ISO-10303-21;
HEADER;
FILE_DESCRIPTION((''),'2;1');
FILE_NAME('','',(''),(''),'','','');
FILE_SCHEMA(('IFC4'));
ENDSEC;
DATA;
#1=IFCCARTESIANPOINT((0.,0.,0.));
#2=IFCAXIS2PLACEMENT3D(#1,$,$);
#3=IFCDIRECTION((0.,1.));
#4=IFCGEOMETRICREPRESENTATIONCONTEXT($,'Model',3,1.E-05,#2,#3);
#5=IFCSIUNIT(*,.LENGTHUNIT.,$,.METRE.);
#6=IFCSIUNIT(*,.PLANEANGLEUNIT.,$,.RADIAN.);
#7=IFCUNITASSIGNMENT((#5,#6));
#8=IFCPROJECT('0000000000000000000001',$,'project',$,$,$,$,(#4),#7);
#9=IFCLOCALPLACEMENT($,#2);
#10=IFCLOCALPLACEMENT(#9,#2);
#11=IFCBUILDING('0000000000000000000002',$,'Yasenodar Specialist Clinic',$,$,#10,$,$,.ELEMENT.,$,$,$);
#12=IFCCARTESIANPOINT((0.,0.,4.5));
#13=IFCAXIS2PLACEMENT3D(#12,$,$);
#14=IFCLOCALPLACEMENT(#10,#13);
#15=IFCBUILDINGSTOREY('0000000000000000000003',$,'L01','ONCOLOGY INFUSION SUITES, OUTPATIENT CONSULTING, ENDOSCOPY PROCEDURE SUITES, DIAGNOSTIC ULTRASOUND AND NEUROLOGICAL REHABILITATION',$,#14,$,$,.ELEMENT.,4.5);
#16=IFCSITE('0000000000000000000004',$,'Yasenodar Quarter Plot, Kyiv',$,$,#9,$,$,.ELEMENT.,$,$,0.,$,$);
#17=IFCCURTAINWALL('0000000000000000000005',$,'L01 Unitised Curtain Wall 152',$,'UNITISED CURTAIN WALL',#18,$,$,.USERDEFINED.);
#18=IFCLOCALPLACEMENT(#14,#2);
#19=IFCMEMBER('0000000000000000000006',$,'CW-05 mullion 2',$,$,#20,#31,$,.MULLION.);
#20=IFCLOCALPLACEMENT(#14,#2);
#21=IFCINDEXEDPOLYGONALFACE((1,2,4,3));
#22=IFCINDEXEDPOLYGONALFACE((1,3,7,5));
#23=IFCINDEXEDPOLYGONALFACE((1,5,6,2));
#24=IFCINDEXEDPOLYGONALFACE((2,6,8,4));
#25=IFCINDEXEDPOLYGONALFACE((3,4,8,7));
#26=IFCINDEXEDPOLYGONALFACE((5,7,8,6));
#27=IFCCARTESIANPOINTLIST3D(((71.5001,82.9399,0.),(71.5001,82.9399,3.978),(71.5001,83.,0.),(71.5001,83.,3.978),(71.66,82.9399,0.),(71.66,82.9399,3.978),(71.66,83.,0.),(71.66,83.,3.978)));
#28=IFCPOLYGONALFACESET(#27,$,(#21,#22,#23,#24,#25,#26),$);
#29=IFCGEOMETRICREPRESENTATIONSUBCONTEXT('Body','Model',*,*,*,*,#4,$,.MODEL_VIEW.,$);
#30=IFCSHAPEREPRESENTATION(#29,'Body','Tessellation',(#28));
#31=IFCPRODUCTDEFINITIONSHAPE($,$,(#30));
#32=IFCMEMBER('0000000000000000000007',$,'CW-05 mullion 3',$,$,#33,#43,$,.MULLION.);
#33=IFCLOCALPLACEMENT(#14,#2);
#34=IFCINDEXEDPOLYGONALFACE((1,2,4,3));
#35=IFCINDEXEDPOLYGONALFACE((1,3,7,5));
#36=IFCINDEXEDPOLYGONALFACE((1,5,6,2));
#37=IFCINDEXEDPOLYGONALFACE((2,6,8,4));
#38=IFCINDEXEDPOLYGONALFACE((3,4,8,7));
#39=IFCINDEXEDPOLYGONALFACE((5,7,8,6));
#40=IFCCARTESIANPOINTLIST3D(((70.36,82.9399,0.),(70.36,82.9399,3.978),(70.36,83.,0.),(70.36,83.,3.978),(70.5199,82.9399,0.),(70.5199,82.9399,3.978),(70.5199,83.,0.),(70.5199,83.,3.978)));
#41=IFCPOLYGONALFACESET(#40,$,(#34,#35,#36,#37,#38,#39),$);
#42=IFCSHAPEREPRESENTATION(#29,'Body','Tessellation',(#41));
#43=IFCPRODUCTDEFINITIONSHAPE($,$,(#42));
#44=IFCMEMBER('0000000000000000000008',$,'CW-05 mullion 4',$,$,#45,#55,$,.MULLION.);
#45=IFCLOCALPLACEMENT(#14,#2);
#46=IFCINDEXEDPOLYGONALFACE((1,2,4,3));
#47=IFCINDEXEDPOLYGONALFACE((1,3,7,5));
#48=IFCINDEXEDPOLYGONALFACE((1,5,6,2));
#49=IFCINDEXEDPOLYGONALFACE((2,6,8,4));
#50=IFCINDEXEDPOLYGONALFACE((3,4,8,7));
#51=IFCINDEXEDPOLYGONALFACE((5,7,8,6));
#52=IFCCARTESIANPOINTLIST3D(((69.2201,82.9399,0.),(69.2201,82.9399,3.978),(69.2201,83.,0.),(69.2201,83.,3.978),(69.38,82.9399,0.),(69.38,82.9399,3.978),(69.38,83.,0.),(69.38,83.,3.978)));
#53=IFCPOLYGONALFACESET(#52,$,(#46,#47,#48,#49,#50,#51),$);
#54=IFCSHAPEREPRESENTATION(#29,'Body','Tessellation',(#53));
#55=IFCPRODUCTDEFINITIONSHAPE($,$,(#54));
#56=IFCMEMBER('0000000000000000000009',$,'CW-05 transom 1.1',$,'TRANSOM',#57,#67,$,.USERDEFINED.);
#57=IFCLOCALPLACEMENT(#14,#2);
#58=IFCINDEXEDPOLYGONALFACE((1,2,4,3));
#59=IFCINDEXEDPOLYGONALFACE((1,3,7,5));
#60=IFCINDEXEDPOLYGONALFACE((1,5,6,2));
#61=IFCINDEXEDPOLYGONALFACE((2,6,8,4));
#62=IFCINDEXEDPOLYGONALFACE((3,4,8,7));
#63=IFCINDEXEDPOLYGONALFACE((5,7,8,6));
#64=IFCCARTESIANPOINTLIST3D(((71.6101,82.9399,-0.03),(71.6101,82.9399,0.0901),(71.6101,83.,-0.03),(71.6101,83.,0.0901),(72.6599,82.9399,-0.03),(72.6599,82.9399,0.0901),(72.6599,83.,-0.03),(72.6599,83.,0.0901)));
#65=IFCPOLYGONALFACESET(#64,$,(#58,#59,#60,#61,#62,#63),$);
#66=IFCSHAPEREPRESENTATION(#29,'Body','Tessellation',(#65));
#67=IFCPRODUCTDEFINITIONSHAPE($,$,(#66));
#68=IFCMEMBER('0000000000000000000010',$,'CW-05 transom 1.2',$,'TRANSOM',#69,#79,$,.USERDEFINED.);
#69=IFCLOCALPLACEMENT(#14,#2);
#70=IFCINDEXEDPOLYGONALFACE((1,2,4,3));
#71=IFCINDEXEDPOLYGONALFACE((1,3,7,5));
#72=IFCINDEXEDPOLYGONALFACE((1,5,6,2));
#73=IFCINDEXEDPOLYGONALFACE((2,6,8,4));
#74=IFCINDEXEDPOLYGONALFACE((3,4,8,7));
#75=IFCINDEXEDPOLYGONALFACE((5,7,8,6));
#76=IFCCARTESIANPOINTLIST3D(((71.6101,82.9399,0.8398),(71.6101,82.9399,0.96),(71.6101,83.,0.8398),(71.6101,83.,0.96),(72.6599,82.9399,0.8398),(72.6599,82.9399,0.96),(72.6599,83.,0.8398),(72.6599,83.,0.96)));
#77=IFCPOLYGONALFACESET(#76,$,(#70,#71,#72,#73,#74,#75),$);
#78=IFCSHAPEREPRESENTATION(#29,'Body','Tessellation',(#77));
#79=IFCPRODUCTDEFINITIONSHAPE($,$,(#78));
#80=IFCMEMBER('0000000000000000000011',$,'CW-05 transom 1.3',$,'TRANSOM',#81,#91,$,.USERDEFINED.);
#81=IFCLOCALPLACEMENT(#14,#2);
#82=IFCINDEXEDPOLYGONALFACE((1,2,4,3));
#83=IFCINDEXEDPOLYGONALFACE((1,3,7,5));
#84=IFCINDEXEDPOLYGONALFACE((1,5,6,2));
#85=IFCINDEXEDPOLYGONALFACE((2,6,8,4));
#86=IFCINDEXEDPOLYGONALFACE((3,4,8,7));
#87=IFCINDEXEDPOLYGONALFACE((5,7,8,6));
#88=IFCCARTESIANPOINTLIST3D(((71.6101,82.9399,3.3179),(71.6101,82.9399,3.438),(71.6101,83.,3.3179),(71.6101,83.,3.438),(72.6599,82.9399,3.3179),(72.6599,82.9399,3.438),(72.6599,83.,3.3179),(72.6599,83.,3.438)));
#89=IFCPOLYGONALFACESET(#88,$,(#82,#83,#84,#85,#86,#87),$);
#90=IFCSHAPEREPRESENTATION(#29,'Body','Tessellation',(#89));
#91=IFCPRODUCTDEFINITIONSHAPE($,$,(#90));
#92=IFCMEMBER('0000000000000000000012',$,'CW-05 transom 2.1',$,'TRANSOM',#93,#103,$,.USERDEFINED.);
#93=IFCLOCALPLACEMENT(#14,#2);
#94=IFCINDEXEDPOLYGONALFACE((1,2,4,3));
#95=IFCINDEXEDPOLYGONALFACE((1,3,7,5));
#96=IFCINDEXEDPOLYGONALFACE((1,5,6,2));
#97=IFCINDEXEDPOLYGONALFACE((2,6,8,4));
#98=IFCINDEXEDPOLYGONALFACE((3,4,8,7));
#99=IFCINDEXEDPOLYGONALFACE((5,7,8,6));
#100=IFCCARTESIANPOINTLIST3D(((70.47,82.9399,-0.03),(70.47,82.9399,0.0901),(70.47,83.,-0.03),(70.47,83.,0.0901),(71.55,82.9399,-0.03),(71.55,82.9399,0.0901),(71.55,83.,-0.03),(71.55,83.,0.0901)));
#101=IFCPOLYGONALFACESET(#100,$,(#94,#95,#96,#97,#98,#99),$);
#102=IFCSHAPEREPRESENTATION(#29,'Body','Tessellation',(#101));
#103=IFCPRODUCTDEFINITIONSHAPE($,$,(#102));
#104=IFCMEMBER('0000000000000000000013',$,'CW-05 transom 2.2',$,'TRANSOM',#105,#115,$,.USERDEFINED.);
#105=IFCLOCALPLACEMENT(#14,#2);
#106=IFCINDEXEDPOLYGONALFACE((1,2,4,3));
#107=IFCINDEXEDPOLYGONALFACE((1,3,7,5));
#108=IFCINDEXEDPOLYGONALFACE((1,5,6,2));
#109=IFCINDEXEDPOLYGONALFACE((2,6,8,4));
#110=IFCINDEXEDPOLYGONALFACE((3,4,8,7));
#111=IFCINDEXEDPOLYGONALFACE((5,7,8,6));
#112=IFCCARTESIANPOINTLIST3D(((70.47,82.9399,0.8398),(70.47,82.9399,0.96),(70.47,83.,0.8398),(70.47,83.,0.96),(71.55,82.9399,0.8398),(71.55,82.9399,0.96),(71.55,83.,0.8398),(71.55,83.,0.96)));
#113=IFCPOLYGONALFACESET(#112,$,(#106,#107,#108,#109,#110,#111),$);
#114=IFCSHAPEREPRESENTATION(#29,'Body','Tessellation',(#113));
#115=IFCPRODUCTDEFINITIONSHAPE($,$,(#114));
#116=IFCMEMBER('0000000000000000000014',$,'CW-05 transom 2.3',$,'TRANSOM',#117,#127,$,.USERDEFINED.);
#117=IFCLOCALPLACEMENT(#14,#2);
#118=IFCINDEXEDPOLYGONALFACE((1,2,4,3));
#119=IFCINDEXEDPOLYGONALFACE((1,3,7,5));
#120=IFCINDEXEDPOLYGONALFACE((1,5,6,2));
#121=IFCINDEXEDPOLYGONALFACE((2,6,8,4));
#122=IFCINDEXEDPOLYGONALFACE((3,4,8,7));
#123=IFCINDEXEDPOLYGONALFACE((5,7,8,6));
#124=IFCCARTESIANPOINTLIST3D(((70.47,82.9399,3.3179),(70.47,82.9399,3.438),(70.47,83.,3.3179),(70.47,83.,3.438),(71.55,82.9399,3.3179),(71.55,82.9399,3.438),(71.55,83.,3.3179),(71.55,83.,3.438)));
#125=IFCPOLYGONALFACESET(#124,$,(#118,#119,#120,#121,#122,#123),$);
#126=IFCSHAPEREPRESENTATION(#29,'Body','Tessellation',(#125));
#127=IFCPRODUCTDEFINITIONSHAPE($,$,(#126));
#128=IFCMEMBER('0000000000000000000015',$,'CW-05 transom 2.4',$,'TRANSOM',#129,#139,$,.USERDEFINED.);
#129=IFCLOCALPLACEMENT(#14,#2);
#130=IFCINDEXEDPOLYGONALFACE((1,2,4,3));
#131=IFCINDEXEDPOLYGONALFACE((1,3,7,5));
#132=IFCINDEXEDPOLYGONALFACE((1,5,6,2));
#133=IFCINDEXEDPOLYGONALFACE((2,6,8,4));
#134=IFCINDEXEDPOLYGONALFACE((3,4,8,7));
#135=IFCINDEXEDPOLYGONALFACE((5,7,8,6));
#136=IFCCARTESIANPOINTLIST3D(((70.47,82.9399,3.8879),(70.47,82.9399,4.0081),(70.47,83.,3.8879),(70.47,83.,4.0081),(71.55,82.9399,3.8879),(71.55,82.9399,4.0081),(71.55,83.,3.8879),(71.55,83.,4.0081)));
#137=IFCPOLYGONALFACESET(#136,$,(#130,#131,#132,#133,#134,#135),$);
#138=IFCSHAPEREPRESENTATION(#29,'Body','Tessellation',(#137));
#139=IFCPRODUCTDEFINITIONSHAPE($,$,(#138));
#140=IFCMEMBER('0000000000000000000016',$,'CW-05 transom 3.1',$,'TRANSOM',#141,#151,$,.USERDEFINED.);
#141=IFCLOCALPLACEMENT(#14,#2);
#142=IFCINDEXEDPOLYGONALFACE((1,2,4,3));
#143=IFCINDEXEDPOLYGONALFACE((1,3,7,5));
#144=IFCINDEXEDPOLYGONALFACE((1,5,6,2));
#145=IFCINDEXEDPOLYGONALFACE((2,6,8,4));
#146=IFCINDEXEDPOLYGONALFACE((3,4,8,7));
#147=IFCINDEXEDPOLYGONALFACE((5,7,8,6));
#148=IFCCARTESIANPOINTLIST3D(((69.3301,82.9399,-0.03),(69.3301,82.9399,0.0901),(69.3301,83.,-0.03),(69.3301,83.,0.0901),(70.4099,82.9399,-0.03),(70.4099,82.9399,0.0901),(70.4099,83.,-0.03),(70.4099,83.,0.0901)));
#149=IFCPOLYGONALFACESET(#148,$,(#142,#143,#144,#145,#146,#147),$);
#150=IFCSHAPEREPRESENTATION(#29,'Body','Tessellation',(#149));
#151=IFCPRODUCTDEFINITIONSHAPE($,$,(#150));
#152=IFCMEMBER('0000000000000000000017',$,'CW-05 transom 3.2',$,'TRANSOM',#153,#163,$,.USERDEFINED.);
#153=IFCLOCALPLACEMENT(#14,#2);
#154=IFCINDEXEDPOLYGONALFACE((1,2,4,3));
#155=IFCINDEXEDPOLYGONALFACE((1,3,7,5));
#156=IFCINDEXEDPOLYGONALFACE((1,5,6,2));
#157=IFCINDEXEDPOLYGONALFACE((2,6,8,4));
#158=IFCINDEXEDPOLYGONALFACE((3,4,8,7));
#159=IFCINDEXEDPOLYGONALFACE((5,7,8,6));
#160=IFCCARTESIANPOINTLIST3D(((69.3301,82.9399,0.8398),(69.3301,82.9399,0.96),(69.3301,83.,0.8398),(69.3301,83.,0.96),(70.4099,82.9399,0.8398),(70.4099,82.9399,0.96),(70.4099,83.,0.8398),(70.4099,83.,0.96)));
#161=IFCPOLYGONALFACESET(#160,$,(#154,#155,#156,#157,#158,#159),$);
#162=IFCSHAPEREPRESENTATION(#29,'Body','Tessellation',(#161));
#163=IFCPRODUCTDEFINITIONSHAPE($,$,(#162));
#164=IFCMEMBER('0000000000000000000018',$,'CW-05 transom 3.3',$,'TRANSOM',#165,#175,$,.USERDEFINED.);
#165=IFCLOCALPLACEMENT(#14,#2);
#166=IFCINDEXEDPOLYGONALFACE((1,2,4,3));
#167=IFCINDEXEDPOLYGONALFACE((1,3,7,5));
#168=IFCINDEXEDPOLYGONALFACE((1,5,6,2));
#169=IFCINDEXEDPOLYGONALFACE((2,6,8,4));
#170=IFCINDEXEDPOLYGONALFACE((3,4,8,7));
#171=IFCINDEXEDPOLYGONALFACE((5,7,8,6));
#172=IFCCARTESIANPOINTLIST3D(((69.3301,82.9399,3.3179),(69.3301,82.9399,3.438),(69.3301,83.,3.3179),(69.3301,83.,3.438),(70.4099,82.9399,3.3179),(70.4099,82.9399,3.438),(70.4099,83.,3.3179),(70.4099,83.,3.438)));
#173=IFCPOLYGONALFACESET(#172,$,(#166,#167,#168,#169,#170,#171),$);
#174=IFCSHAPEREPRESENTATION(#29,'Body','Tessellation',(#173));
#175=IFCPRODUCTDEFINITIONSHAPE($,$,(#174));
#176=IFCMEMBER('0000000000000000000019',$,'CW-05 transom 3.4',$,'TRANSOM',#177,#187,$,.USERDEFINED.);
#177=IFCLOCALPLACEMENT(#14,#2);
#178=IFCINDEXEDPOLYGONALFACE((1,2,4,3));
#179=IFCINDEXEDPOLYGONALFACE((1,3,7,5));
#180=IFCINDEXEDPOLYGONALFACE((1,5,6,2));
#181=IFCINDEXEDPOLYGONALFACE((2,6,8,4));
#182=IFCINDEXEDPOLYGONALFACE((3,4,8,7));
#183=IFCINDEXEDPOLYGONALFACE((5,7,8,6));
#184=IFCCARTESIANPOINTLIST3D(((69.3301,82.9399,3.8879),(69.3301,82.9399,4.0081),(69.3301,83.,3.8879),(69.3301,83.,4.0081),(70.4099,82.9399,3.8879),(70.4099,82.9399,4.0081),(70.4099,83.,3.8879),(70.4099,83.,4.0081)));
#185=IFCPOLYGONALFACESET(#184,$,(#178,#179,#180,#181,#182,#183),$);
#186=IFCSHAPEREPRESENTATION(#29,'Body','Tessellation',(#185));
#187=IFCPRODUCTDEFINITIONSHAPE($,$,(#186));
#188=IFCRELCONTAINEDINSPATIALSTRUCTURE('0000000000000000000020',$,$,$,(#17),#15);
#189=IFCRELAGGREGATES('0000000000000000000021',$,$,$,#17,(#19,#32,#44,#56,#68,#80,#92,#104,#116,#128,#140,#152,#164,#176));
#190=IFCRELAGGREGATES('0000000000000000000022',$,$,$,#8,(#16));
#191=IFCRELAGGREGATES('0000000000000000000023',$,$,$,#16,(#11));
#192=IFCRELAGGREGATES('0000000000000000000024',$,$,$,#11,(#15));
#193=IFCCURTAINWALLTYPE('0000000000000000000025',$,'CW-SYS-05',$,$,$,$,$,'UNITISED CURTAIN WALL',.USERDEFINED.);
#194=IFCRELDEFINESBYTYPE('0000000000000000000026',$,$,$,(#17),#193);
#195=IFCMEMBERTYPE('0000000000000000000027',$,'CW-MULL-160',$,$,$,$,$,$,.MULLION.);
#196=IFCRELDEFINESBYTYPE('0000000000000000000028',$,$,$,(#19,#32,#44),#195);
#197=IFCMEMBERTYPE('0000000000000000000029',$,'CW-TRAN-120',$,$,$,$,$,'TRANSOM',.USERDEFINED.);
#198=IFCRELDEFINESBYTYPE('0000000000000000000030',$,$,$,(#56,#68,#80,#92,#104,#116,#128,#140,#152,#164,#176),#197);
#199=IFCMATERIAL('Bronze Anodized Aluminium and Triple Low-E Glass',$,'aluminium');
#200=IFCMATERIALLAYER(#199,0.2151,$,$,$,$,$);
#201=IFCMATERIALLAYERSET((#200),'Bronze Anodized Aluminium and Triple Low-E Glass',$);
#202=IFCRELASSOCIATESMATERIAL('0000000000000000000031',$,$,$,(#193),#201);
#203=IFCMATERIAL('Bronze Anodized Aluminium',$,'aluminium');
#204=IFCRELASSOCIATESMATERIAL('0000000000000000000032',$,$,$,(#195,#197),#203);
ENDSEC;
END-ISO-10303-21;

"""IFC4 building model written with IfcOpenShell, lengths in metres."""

from ifc_helpers import new_model, si_unit, direction, frame, origin, origin_2d, place, context, subcontext, project, spatial, rectangle, extrude, material, layer, layer_set, material_profile, profile_set, type_object, element, aggregate, save


model = new_model("IFC4")

# Units and contexts
model_context = context("Model", 3, precision=1e-05, world=origin(), true_north=direction((0.0, 1.0)))
body_context = subcontext(model_context, "Body", "Model", "MODEL_VIEW")
ifc_project = project(units=[si_unit("LENGTHUNIT", "METRE"), si_unit("PLANEANGLEUNIT", "RADIAN")], contexts=[model_context])

# Site, building, storey
site_placement = place(None, origin())
site = spatial("IfcSite", under=ifc_project, at=site_placement, Name="Yasenodar Quarter Plot, Kyiv", CompositionType="ELEMENT", RefElevation=0.0)
building_placement = place(site_placement, origin())
building = spatial("IfcBuilding", under=site, at=building_placement, Name="Yasenodar Specialist Clinic", CompositionType="ELEMENT")
storey_placement = place(building_placement, frame((0.0, 0.0, 4.5)))
storey = spatial("IfcBuildingStorey", under=building, at=storey_placement, Name="L01", Description="ONCOLOGY INFUSION SUITES, OUTPATIENT CONSULTING, ENDOSCOPY PROCEDURE SUITES, DIAGNOSTIC ULTRASOUND AND NEUROLOGICAL REHABILITATION", CompositionType="ELEMENT", Elevation=4.5)

# Curtain wall, members
ifc_material_1 = material(Name="Bronze Anodized Aluminium and Triple Low-E Glass", Category="aluminium")
ifc_layer_1 = layer(ifc_material_1, 0.2151)
ifc_layer_set_1 = layer_set([ifc_layer_1], Name="Bronze Anodized Aluminium and Triple Low-E Glass")
curtain_wall_type = type_object("IfcCurtainWallType", Name="CW-SYS-05", ElementType="UNITISED CURTAIN WALL", PredefinedType="USERDEFINED", material=ifc_layer_set_1)
curtain_wall_placement = place(storey_placement, origin())
curtain_wall = element("IfcCurtainWall", 1, at=curtain_wall_placement, inside=storey, type_object=curtain_wall_type, Name="L01 Unitised Curtain Wall 152", ObjectType="UNITISED CURTAIN WALL", PredefinedType="USERDEFINED")
ifc_material_2 = material(Name="Bronze Anodized Aluminium", Category="aluminium")
ifc_material_profile_1 = material_profile(ifc_material_2, rectangle(XDim=0.0601, YDim=0.1599, at=origin_2d()), Name="CW-MULL 60x160")
ifc_profile_set_1 = profile_set([ifc_material_profile_1], Name="Bronze Anodized Aluminium")
member_type_1 = type_object("IfcMemberType", Name="CW-MULL-160", PredefinedType="MULLION", material=ifc_profile_set_1)
member_1_placement = place(storey_placement, frame((71.5801, 82.97, 0.0), z_axis=(0.0, 0.0, 1.0), x_axis=(0.0, -1.0, 0.0)))
member_1 = element("IfcMember", 2, at=member_1_placement, type_object=member_type_1, Name="CW-05 mullion 2", PredefinedType="MULLION", context=body_context, shape_type="SweptSolid", body=[
    extrude(rectangle(XDim=0.0601, YDim=0.1599, at=origin_2d()), origin(), (0.0, 0.0, 1.0), 3.978),
])
member_2_placement = place(storey_placement, frame((70.4399, 82.97, 0.0), z_axis=(0.0, 0.0, 1.0), x_axis=(0.0, -1.0, 0.0)))
member_2 = element("IfcMember", 3, at=member_2_placement, type_object=member_type_1, Name="CW-05 mullion 3", PredefinedType="MULLION", context=body_context, shape_type="SweptSolid", body=[
    extrude(rectangle(XDim=0.0601, YDim=0.1599, at=origin_2d()), origin(), (0.0, 0.0, 1.0), 3.978),
])
member_3_placement = place(storey_placement, frame((69.3, 82.97, 0.0), z_axis=(0.0, 0.0, 1.0), x_axis=(0.0, -1.0, 0.0)))
member_3 = element("IfcMember", 4, at=member_3_placement, type_object=member_type_1, Name="CW-05 mullion 4", PredefinedType="MULLION", context=body_context, shape_type="SweptSolid", body=[
    extrude(rectangle(XDim=0.0601, YDim=0.1599, at=origin_2d()), origin(), (0.0, 0.0, 1.0), 3.978),
])
ifc_material_profile_2 = material_profile(ifc_material_2, rectangle(XDim=0.0601, YDim=0.1201, at=origin_2d()), Name="CW-TRAN 60x120")
ifc_profile_set_2 = profile_set([ifc_material_profile_2], Name="Bronze Anodized Aluminium")
member_type_2 = type_object("IfcMemberType", Name="CW-TRAN-120", ElementType="TRANSOM", PredefinedType="USERDEFINED", material=ifc_profile_set_2)
member_4_placement = place(storey_placement, frame((72.6599, 82.97, 0.03), z_axis=(-1.0, 0.0, 0.0), x_axis=(0.0, -1.0, 0.0)))
member_4 = element("IfcMember", 5, at=member_4_placement, type_object=member_type_2, Name="CW-05 transom 1.1", ObjectType="TRANSOM", PredefinedType="USERDEFINED", context=body_context, shape_type="SweptSolid", body=[
    extrude(rectangle(XDim=0.0601, YDim=0.1201, at=origin_2d()), origin(), (0.0, 0.0, 1.0), 1.0498),
])
member_5_placement = place(storey_placement, frame((72.6599, 82.97, 0.8999), z_axis=(-1.0, 0.0, 0.0), x_axis=(0.0, -1.0, 0.0)))
member_5 = element("IfcMember", 6, at=member_5_placement, type_object=member_type_2, Name="CW-05 transom 1.2", ObjectType="TRANSOM", PredefinedType="USERDEFINED", context=body_context, shape_type="SweptSolid", body=[
    extrude(rectangle(XDim=0.0601, YDim=0.1201, at=origin_2d()), origin(), (0.0, 0.0, 1.0), 1.0498),
])
member_6_placement = place(storey_placement, frame((72.6599, 82.97, 3.3779), z_axis=(-1.0, 0.0, 0.0), x_axis=(0.0, -1.0, 0.0)))
member_6 = element("IfcMember", 7, at=member_6_placement, type_object=member_type_2, Name="CW-05 transom 1.3", ObjectType="TRANSOM", PredefinedType="USERDEFINED", context=body_context, shape_type="SweptSolid", body=[
    extrude(rectangle(XDim=0.0601, YDim=0.1201, at=origin_2d()), origin(), (0.0, 0.0, 1.0), 1.0498),
])
member_7_placement = place(storey_placement, frame((71.55, 82.97, 0.03), z_axis=(-1.0, 0.0, 0.0), x_axis=(0.0, -1.0, 0.0)))
member_7 = element("IfcMember", 8, at=member_7_placement, type_object=member_type_2, Name="CW-05 transom 2.1", ObjectType="TRANSOM", PredefinedType="USERDEFINED", context=body_context, shape_type="SweptSolid", body=[
    extrude(rectangle(XDim=0.0601, YDim=0.1201, at=origin_2d()), origin(), (0.0, 0.0, 1.0), 1.0801),
])
member_8_placement = place(storey_placement, frame((71.55, 82.97, 0.8999), z_axis=(-1.0, 0.0, 0.0), x_axis=(0.0, -1.0, 0.0)))
member_8 = element("IfcMember", 9, at=member_8_placement, type_object=member_type_2, Name="CW-05 transom 2.2", ObjectType="TRANSOM", PredefinedType="USERDEFINED", context=body_context, shape_type="SweptSolid", body=[
    extrude(rectangle(XDim=0.0601, YDim=0.1201, at=origin_2d()), origin(), (0.0, 0.0, 1.0), 1.0801),
])
member_9_placement = place(storey_placement, frame((71.55, 82.97, 3.3779), z_axis=(-1.0, 0.0, 0.0), x_axis=(0.0, -1.0, 0.0)))
member_9 = element("IfcMember", 10, at=member_9_placement, type_object=member_type_2, Name="CW-05 transom 2.3", ObjectType="TRANSOM", PredefinedType="USERDEFINED", context=body_context, shape_type="SweptSolid", body=[
    extrude(rectangle(XDim=0.0601, YDim=0.1201, at=origin_2d()), origin(), (0.0, 0.0, 1.0), 1.0801),
])
member_10_placement = place(storey_placement, frame((71.55, 82.97, 3.948), z_axis=(-1.0, 0.0, 0.0), x_axis=(0.0, -1.0, 0.0)))
member_10 = element("IfcMember", 11, at=member_10_placement, type_object=member_type_2, Name="CW-05 transom 2.4", ObjectType="TRANSOM", PredefinedType="USERDEFINED", context=body_context, shape_type="SweptSolid", body=[
    extrude(rectangle(XDim=0.0601, YDim=0.1201, at=origin_2d()), origin(), (0.0, 0.0, 1.0), 1.0801),
])
member_11_placement = place(storey_placement, frame((70.4099, 82.97, 0.03), z_axis=(-1.0, 0.0, 0.0), x_axis=(0.0, -1.0, 0.0)))
member_11 = element("IfcMember", 12, at=member_11_placement, type_object=member_type_2, Name="CW-05 transom 3.1", ObjectType="TRANSOM", PredefinedType="USERDEFINED", context=body_context, shape_type="SweptSolid", body=[
    extrude(rectangle(XDim=0.0601, YDim=0.1201, at=origin_2d()), origin(), (0.0, 0.0, 1.0), 1.0798),
])
member_12_placement = place(storey_placement, frame((70.4099, 82.97, 0.8999), z_axis=(-1.0, 0.0, 0.0), x_axis=(0.0, -1.0, 0.0)))
member_12 = element("IfcMember", 13, at=member_12_placement, type_object=member_type_2, Name="CW-05 transom 3.2", ObjectType="TRANSOM", PredefinedType="USERDEFINED", context=body_context, shape_type="SweptSolid", body=[
    extrude(rectangle(XDim=0.0601, YDim=0.1201, at=origin_2d()), origin(), (0.0, 0.0, 1.0), 1.0798),
])
member_13_placement = place(storey_placement, frame((70.4099, 82.97, 3.3779), z_axis=(-1.0, 0.0, 0.0), x_axis=(0.0, -1.0, 0.0)))
member_13 = element("IfcMember", 14, at=member_13_placement, type_object=member_type_2, Name="CW-05 transom 3.3", ObjectType="TRANSOM", PredefinedType="USERDEFINED", context=body_context, shape_type="SweptSolid", body=[
    extrude(rectangle(XDim=0.0601, YDim=0.1201, at=origin_2d()), origin(), (0.0, 0.0, 1.0), 1.0798),
])
member_14_placement = place(storey_placement, frame((70.4099, 82.97, 3.948), z_axis=(-1.0, 0.0, 0.0), x_axis=(0.0, -1.0, 0.0)))
member_14 = element("IfcMember", 15, at=member_14_placement, type_object=member_type_2, Name="CW-05 transom 3.4", ObjectType="TRANSOM", PredefinedType="USERDEFINED", context=body_context, shape_type="SweptSolid", body=[
    extrude(rectangle(XDim=0.0601, YDim=0.1201, at=origin_2d()), origin(), (0.0, 0.0, 1.0), 1.0798),
])
aggregate(curtain_wall, [member_1, member_2, member_3, member_4, member_5, member_6, member_7, member_8, member_9, member_10, member_11, member_12, member_13, member_14])

save(model, "model.ifc")
